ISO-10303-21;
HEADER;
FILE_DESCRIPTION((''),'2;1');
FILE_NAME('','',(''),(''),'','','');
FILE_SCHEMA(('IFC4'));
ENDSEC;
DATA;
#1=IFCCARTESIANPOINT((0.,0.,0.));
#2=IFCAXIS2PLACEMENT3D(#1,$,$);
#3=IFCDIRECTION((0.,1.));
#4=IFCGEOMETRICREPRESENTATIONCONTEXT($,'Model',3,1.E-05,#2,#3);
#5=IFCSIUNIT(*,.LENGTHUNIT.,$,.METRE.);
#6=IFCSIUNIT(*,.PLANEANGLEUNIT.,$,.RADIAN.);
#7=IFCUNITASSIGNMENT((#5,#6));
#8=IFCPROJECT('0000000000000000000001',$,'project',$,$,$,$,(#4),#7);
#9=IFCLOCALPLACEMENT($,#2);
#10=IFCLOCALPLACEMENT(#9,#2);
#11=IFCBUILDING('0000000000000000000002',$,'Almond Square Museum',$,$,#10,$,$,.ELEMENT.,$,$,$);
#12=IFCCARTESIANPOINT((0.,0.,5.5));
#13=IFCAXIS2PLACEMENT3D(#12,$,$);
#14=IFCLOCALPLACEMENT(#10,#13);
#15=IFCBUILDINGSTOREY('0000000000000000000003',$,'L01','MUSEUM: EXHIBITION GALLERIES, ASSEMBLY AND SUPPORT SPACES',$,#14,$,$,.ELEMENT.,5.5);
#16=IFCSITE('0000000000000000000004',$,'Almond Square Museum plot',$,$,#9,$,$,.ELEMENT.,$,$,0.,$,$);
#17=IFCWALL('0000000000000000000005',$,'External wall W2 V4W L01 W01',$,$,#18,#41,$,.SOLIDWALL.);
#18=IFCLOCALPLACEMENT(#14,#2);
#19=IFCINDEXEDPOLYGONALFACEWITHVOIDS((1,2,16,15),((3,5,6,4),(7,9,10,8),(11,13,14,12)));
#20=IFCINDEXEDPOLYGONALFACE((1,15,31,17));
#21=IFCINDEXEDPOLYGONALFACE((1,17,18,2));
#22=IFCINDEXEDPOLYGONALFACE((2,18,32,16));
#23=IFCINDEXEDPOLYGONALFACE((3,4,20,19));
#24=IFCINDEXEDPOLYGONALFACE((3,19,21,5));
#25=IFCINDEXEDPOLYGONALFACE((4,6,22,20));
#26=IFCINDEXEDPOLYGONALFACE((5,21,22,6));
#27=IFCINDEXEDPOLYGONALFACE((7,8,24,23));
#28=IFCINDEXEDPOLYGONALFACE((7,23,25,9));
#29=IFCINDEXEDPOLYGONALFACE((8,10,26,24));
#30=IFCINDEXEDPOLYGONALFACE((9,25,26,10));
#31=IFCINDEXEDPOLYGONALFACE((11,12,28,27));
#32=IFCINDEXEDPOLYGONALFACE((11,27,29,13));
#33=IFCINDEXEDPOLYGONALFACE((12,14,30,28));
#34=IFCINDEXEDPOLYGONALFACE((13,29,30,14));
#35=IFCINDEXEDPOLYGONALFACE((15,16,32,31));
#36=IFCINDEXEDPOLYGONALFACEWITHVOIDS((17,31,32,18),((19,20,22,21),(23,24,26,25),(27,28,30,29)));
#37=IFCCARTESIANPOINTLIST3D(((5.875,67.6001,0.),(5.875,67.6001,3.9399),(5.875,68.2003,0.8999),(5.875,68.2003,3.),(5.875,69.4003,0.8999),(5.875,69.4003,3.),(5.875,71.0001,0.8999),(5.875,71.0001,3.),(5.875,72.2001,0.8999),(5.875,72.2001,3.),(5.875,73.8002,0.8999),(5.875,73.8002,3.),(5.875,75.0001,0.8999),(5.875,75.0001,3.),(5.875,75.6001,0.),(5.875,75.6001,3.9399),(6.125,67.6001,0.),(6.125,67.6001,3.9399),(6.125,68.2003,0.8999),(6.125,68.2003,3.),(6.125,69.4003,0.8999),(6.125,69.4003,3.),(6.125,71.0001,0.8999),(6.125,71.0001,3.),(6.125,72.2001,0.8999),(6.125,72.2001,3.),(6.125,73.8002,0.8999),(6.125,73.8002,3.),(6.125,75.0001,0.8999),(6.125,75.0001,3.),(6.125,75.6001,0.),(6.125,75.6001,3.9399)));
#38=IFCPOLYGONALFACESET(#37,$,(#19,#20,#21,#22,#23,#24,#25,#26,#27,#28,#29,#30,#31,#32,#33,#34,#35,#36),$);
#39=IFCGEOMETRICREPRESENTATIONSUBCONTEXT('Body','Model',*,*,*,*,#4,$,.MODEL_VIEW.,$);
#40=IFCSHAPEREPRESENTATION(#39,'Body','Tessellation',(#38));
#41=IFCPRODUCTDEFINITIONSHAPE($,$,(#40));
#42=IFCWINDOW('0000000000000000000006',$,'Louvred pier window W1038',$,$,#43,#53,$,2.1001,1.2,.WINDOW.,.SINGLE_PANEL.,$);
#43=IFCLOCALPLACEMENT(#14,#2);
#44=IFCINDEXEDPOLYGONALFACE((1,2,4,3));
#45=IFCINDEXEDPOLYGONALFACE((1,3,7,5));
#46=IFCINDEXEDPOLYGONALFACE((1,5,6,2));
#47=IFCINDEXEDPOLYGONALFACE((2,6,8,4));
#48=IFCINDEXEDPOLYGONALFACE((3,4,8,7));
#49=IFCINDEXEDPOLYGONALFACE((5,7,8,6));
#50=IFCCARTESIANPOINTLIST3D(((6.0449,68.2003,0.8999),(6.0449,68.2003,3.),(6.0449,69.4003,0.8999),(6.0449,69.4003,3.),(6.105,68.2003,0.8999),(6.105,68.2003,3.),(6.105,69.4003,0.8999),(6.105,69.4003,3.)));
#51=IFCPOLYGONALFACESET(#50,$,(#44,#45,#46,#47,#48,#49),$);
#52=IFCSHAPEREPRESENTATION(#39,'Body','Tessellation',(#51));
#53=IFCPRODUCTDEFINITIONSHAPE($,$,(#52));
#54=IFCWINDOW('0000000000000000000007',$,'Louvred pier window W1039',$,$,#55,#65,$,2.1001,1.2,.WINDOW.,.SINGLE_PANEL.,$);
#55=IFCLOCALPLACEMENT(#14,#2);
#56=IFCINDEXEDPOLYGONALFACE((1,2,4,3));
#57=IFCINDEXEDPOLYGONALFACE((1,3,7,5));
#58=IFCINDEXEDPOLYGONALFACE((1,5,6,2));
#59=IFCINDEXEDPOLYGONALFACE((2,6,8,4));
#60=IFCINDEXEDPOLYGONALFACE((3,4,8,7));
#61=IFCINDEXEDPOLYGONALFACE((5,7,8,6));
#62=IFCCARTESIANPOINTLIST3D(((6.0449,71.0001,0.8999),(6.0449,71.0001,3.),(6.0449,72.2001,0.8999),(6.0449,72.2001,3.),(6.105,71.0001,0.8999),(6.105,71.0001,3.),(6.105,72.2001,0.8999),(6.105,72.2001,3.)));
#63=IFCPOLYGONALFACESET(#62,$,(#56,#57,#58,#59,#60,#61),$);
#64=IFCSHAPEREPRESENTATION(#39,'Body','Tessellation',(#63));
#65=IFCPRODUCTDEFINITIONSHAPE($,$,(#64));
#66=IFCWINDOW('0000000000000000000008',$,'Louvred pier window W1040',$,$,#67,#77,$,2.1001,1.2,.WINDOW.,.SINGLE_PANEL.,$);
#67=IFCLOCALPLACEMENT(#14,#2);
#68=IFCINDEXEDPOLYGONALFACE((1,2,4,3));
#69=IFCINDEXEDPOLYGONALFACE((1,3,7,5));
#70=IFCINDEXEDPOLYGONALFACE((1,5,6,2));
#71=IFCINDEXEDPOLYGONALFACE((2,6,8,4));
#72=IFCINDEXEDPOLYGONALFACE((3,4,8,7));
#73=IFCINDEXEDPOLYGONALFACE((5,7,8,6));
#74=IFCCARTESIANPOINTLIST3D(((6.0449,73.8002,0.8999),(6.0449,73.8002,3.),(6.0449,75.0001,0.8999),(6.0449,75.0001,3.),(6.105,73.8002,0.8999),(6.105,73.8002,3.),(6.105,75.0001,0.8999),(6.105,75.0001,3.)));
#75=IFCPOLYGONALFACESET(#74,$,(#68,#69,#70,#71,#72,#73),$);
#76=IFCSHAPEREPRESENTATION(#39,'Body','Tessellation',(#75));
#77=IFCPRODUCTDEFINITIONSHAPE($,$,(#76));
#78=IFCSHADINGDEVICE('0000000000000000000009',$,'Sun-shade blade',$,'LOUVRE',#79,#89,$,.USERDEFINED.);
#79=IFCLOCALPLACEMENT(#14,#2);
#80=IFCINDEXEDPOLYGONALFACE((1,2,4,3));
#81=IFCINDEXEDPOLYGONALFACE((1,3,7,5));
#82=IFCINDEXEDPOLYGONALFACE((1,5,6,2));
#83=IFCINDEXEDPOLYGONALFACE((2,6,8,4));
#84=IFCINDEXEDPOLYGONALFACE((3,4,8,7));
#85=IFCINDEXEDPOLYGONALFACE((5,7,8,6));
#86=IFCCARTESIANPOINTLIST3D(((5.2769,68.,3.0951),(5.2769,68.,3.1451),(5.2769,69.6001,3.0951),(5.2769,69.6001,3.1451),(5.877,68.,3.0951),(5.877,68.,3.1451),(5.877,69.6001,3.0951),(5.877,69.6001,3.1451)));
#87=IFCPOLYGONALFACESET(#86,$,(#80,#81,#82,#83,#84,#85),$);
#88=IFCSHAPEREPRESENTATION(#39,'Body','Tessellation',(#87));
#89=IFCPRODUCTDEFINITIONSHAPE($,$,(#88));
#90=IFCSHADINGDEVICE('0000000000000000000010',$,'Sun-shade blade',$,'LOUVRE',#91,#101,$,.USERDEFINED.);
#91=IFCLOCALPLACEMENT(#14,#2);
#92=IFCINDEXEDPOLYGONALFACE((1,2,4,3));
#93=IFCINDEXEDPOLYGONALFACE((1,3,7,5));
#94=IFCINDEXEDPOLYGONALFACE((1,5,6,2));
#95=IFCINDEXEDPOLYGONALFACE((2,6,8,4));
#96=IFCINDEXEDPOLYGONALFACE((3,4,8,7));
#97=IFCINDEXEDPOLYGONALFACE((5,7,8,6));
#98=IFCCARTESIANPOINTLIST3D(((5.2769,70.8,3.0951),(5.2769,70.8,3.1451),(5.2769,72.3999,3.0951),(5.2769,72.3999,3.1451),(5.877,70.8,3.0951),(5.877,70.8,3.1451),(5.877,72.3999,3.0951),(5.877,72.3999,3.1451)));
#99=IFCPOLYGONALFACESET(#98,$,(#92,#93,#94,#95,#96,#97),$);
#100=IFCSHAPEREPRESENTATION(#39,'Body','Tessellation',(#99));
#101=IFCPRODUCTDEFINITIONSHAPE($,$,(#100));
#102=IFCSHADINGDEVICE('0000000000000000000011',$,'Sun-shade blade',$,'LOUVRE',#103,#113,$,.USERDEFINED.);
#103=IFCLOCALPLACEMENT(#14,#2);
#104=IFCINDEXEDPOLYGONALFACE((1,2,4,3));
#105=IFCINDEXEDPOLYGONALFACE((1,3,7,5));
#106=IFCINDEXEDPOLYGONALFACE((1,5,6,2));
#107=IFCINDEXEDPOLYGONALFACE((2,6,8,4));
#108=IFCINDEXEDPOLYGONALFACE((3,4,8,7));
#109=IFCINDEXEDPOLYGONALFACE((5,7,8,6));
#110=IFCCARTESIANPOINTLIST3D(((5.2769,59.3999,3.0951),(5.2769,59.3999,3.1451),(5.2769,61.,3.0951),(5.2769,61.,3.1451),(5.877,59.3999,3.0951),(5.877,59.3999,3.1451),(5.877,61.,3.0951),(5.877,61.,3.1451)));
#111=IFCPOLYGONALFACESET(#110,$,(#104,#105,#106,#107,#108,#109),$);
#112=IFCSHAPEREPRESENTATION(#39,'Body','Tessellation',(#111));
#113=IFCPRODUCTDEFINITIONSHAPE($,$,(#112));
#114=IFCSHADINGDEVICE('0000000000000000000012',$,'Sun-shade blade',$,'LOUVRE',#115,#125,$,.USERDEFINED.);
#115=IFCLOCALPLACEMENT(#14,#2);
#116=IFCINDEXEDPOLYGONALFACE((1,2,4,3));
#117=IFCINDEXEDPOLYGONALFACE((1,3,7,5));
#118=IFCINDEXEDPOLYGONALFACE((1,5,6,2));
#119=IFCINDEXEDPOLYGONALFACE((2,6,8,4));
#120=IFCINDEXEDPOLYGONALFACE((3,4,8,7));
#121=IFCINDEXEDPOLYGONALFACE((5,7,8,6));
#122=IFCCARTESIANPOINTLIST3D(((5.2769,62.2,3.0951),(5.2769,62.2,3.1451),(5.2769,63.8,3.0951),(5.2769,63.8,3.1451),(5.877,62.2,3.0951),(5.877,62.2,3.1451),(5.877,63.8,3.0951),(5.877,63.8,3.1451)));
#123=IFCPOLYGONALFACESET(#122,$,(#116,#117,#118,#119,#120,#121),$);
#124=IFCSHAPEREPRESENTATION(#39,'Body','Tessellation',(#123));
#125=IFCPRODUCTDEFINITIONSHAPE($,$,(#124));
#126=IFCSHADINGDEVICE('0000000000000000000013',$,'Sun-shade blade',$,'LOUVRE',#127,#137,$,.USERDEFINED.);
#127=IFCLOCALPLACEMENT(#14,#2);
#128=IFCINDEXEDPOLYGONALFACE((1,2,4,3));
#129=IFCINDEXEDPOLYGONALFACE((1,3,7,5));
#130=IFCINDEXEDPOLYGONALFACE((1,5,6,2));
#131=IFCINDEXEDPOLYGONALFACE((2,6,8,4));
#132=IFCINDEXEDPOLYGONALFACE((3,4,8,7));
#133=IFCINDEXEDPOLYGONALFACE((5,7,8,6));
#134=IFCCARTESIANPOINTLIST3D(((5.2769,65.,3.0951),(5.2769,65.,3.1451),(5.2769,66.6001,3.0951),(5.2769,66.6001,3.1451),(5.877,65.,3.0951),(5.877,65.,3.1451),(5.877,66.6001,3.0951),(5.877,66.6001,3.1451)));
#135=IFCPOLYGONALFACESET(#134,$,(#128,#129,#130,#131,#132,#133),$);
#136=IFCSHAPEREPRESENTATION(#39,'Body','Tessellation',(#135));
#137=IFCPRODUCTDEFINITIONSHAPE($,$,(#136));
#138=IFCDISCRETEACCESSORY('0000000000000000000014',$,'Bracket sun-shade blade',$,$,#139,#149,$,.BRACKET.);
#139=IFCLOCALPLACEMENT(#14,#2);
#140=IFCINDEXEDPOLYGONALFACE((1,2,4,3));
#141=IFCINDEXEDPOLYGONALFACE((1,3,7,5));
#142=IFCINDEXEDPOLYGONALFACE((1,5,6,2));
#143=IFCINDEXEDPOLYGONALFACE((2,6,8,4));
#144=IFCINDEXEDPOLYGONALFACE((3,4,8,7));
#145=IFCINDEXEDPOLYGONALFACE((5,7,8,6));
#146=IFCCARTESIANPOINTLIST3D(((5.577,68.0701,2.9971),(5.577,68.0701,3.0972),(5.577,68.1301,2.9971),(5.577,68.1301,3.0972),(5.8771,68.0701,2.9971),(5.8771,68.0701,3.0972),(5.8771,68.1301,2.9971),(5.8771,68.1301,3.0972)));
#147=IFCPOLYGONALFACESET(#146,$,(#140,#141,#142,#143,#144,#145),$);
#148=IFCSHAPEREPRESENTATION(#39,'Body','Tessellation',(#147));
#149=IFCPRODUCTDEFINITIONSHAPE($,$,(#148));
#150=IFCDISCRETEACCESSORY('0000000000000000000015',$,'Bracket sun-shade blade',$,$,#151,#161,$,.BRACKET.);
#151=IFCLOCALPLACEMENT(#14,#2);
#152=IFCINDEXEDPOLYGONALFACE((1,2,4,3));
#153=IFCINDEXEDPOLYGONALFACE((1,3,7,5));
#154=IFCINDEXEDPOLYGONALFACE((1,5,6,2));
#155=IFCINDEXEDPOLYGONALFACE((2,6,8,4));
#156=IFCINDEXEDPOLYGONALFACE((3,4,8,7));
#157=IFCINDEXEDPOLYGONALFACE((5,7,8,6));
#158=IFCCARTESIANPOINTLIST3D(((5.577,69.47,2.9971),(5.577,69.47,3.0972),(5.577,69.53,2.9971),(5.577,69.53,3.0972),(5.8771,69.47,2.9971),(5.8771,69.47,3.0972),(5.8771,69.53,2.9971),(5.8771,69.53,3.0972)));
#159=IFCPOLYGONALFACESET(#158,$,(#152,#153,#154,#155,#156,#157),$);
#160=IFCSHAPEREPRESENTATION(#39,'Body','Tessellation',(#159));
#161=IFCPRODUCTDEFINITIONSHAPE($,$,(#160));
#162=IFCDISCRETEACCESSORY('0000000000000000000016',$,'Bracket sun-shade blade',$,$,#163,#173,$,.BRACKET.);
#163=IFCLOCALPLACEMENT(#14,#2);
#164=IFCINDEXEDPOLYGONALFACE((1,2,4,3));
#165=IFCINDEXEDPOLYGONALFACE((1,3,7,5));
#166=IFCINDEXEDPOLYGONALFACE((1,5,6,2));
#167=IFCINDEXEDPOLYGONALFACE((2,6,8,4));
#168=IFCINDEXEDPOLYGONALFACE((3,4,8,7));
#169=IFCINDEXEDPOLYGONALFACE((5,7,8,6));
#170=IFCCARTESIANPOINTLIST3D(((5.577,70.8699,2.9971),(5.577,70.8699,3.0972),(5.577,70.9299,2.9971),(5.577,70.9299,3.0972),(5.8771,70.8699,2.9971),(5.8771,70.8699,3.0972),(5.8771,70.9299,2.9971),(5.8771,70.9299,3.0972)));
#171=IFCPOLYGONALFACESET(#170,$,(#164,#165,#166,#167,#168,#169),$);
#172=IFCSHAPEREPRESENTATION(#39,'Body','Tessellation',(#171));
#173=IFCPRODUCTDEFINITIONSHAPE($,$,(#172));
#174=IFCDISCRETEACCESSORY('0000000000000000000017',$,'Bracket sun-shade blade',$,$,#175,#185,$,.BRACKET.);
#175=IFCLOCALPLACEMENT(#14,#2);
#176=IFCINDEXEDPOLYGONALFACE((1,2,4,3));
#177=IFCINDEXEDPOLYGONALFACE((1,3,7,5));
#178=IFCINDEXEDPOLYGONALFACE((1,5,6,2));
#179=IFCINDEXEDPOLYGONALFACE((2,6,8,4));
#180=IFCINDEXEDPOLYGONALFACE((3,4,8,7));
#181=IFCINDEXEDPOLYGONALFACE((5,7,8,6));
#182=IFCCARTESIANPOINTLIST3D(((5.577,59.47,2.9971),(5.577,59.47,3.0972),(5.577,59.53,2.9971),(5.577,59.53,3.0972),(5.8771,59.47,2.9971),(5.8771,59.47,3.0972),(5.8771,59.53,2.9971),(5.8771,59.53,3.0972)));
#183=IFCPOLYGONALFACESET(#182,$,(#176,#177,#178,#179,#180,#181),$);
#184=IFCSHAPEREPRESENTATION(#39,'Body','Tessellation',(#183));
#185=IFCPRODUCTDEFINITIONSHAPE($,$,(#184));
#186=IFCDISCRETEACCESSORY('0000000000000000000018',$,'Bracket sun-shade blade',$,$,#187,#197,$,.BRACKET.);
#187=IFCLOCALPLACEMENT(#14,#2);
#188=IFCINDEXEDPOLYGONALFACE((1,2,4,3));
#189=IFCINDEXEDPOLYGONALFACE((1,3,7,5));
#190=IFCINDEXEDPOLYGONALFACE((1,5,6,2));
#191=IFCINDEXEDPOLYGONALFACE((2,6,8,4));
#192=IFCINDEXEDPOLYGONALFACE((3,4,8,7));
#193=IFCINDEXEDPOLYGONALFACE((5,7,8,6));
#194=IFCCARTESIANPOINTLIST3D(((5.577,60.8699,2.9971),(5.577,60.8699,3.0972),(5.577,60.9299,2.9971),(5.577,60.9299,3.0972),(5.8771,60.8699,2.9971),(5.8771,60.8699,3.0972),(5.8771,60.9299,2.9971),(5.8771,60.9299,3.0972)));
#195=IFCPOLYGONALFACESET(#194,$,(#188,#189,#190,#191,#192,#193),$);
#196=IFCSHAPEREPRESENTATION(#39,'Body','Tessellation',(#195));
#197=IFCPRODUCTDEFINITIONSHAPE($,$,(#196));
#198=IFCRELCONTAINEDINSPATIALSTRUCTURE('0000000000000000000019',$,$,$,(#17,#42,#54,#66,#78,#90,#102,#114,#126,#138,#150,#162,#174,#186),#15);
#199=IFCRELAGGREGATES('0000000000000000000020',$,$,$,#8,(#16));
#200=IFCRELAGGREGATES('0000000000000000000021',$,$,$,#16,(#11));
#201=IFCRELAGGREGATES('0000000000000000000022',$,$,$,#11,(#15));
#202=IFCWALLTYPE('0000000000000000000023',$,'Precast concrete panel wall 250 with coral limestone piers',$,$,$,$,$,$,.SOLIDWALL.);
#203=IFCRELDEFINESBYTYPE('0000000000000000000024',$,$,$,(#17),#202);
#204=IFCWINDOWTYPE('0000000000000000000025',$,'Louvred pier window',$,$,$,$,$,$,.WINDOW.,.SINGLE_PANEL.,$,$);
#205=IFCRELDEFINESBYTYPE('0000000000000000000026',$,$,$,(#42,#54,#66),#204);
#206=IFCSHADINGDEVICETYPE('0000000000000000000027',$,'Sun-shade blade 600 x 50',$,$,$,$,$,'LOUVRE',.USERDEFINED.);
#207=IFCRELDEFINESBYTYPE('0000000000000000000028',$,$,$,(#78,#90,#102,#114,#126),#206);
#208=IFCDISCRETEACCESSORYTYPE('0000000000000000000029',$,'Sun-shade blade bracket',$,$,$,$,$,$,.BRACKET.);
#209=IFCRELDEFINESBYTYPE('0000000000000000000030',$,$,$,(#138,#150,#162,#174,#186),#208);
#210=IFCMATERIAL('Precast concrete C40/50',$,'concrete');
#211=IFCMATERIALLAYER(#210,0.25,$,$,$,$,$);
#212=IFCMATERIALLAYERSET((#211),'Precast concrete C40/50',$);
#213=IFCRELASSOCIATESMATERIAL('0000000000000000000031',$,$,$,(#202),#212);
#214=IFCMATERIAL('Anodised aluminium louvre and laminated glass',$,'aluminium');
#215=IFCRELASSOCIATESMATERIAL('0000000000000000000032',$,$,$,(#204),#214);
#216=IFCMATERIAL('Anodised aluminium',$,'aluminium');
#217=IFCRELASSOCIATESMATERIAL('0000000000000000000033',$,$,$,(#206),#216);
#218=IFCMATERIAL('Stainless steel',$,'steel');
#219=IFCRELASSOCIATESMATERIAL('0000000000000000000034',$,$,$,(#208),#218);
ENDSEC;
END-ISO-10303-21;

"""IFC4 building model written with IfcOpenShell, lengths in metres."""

from ifc_helpers import new_model, si_unit, direction, frame, frame_2d, origin, origin_2d, place, context, subcontext, project, spatial, rectangle, extrude, material, layer, layer_set, material_profile, profile_set, type_object, element, fill, save


model = new_model("IFC4")

# Units and contexts
model_context = context("Model", 3, precision=1e-05, world=origin(), true_north=direction((0.0, 1.0)))
body_context = subcontext(model_context, "Body", "Model", "MODEL_VIEW")
ifc_project = project(units=[si_unit("LENGTHUNIT", "METRE"), si_unit("PLANEANGLEUNIT", "RADIAN")], contexts=[model_context])

# Site, building, storey
site_placement = place(None, origin())
site = spatial("IfcSite", under=ifc_project, at=site_placement, Name="Almond Square Museum plot", CompositionType="ELEMENT", RefElevation=0.0)
building_placement = place(site_placement, origin())
building = spatial("IfcBuilding", under=site, at=building_placement, Name="Almond Square Museum", CompositionType="ELEMENT")
storey_placement = place(building_placement, frame((0.0, 0.0, 5.5)))
storey = spatial("IfcBuildingStorey", under=building, at=storey_placement, Name="L01", Description="MUSEUM: EXHIBITION GALLERIES, ASSEMBLY AND SUPPORT SPACES", CompositionType="ELEMENT", Elevation=5.5)

# Wall, openings, windows
ifc_material_1 = material(Name="Precast concrete C40/50", Category="concrete")
ifc_layer_1 = layer(ifc_material_1, 0.25)
ifc_layer_set_1 = layer_set([ifc_layer_1], Name="Precast concrete C40/50")
wall_type_1 = type_object("IfcWallType", Name="Precast concrete panel wall 250 with coral limestone piers", PredefinedType="SOLIDWALL", material=ifc_layer_set_1)
wall_1_placement = place(storey_placement, frame((6.0, 67.6001, 0.0), z_axis=(0.0, 0.0, 1.0), x_axis=(0.0, 1.0, 0.0)))
wall_1 = element("IfcWall", 1, at=wall_1_placement, inside=storey, type_object=wall_type_1, Name="External wall W2 V4W L01 W01", PredefinedType="SOLIDWALL", context=body_context, shape_type="SweptSolid", body=[
    extrude(rectangle(XDim=8.0, YDim=0.25, at=frame_2d((4.0, 0.0))), origin(), (0.0, 0.0, 1.0), 3.9399),
])
opening_1_placement = place(wall_1_placement, frame((0.6001, 0.0, 0.8999)))
opening_1 = element("IfcOpeningElement", 2, at=opening_1_placement, cuts=wall_1, PredefinedType="OPENING", context=body_context, shape_type="SweptSolid", body=[
    extrude(rectangle(XDim=1.2, YDim=2.1001, at=frame_2d((0.6001, 1.05))), frame((0.0, 0.135, 0.0), z_axis=(0.0, -1.0, 0.0), x_axis=(1.0, 0.0, 0.0)), (0.0, 0.0, 1.0), 0.27),
])
opening_2_placement = place(wall_1_placement, frame((3.3999, 0.0, 0.8999)))
opening_2 = element("IfcOpeningElement", 3, at=opening_2_placement, cuts=wall_1, PredefinedType="OPENING", context=body_context, shape_type="SweptSolid", body=[
    extrude(rectangle(XDim=1.2, YDim=2.1001, at=frame_2d((0.6001, 1.05))), frame((0.0, 0.135, 0.0), z_axis=(0.0, -1.0, 0.0), x_axis=(1.0, 0.0, 0.0)), (0.0, 0.0, 1.0), 0.27),
])
opening_3_placement = place(wall_1_placement, frame((6.2, 0.0, 0.8999)))
opening_3 = element("IfcOpeningElement", 4, at=opening_3_placement, cuts=wall_1, PredefinedType="OPENING", context=body_context, shape_type="SweptSolid", body=[
    extrude(rectangle(XDim=1.2, YDim=2.1001, at=frame_2d((0.6001, 1.05))), frame((0.0, 0.135, 0.0), z_axis=(0.0, -1.0, 0.0), x_axis=(1.0, 0.0, 0.0)), (0.0, 0.0, 1.0), 0.27),
])
ifc_material_2 = material(Name="Anodised aluminium louvre and laminated glass", Category="aluminium")
window_type = type_object("IfcWindowType", Name="Louvred pier window", PartitioningType="SINGLE_PANEL", PredefinedType="WINDOW", material=ifc_material_2)
window_1_placement = place(opening_1_placement, origin())
window_1 = element("IfcWindow", 5, at=window_1_placement, inside=storey, type_object=window_type, Name="Louvred pier window W1038", OverallHeight=2.1001, OverallWidth=1.2, PartitioningType="SINGLE_PANEL", PredefinedType="WINDOW", context=body_context, shape_type="SweptSolid", body=[
    extrude(rectangle(XDim=1.2, YDim=2.1001, at=frame_2d((0.6001, 1.05))), frame((0.0, -0.0449, 0.0), z_axis=(0.0, -1.0, 0.0), x_axis=(1.0, 0.0, 0.0)), (0.0, 0.0, 1.0), 0.0601),
])
fill(opening_1, window_1)
window_2_placement = place(opening_2_placement, origin())
window_2 = element("IfcWindow", 6, at=window_2_placement, inside=storey, type_object=window_type, Name="Louvred pier window W1039", OverallHeight=2.1001, OverallWidth=1.2, PartitioningType="SINGLE_PANEL", PredefinedType="WINDOW", context=body_context, shape_type="SweptSolid", body=[
    extrude(rectangle(XDim=1.2, YDim=2.1001, at=frame_2d((0.6001, 1.05))), frame((0.0, -0.0449, 0.0), z_axis=(0.0, -1.0, 0.0), x_axis=(1.0, 0.0, 0.0)), (0.0, 0.0, 1.0), 0.0601),
])
fill(opening_2, window_2)
window_3_placement = place(opening_3_placement, origin())
window_3 = element("IfcWindow", 7, at=window_3_placement, inside=storey, type_object=window_type, Name="Louvred pier window W1040", OverallHeight=2.1001, OverallWidth=1.2, PartitioningType="SINGLE_PANEL", PredefinedType="WINDOW", context=body_context, shape_type="SweptSolid", body=[
    extrude(rectangle(XDim=1.2, YDim=2.1001, at=frame_2d((0.6001, 1.05))), frame((0.0, -0.0449, 0.0), z_axis=(0.0, -1.0, 0.0), x_axis=(1.0, 0.0, 0.0)), (0.0, 0.0, 1.0), 0.0601),
])
fill(opening_3, window_3)

# Shading devices
ifc_material_3 = material(Name="Anodised aluminium", Category="aluminium")
ifc_material_profile_1 = material_profile(ifc_material_3, rectangle(XDim=0.6001, YDim=0.05, at=origin_2d()))
ifc_profile_set_1 = profile_set([ifc_material_profile_1], Name="Anodised aluminium")
shading_device_type = type_object("IfcShadingDeviceType", Name="Sun-shade blade 600 x 50", ElementType="LOUVRE", PredefinedType="USERDEFINED", material=ifc_profile_set_1)
shading_device_1_placement = place(storey_placement, frame((5.5769, 68.0, 3.1201), z_axis=(0.0, 1.0, 0.0), x_axis=(-1.0, 0.0, 0.0)))
element("IfcShadingDevice", 8, at=shading_device_1_placement, inside=storey, type_object=shading_device_type, Name="Sun-shade blade", ObjectType="LOUVRE", PredefinedType="USERDEFINED", context=body_context, shape_type="SweptSolid", body=[
    extrude(rectangle(XDim=0.6001, YDim=0.05, at=origin_2d()), origin(), (0.0, 0.0, 1.0), 1.6001),
])
shading_device_2_placement = place(storey_placement, frame((5.5769, 70.8, 3.1201), z_axis=(0.0, 1.0, 0.0), x_axis=(-1.0, 0.0, 0.0)))
element("IfcShadingDevice", 9, at=shading_device_2_placement, inside=storey, type_object=shading_device_type, Name="Sun-shade blade", ObjectType="LOUVRE", PredefinedType="USERDEFINED", context=body_context, shape_type="SweptSolid", body=[
    extrude(rectangle(XDim=0.6001, YDim=0.05, at=origin_2d()), origin(), (0.0, 0.0, 1.0), 1.5999),
])
for number, where, z_axis, x_axis, name in (
    (10, (5.5769, 59.3999, 3.1201), (0.0, 1.0, 0.0), (-1.0, 0.0, 0.0), "Sun-shade blade"),
    (11, (5.5769, 62.2, 3.1201), (0.0, 1.0, 0.0), (-1.0, 0.0, 0.0), "Sun-shade blade"),
    (12, (5.5769, 65.0, 3.1201), (0.0, 1.0, 0.0), (-1.0, 0.0, 0.0), "Sun-shade blade"),
):
    element("IfcShadingDevice", number, at=place(storey_placement, frame(where, z_axis=z_axis, x_axis=x_axis)), inside=storey, type_object=shading_device_type, Name=name, ObjectType="LOUVRE", PredefinedType="USERDEFINED", context=body_context, shape_type="SweptSolid", body=[
        extrude(rectangle(XDim=0.6001, YDim=0.05, at=origin_2d()), origin(), (0.0, 0.0, 1.0), 1.6001),
    ])

# Discrete accessories
ifc_material_4 = material(Name="Stainless steel", Category="steel")
discrete_accessory_type = type_object("IfcDiscreteAccessoryType", Name="Sun-shade blade bracket", PredefinedType="BRACKET", material=ifc_material_4)
for number, where, z_axis, x_axis, name in (
    (13, (5.7271, 68.1001, 2.9971), (0.0, 0.0, 1.0), (1.0, 0.0, 0.0), "Bracket sun-shade blade"),
    (14, (5.7271, 69.5, 2.9971), (0.0, 0.0, 1.0), (1.0, 0.0, 0.0), "Bracket sun-shade blade"),
    (15, (5.7271, 70.8999, 2.9971), (0.0, 0.0, 1.0), (1.0, 0.0, 0.0), "Bracket sun-shade blade"),
    (16, (5.7271, 59.5, 2.9971), (0.0, 0.0, 1.0), (1.0, 0.0, 0.0), "Bracket sun-shade blade"),
    (17, (5.7271, 60.8999, 2.9971), (0.0, 0.0, 1.0), (1.0, 0.0, 0.0), "Bracket sun-shade blade"),
):
    element("IfcDiscreteAccessory", number, at=place(storey_placement, frame(where, z_axis=z_axis, x_axis=x_axis)), inside=storey, type_object=discrete_accessory_type, Name=name, PredefinedType="BRACKET", context=body_context, shape_type="SweptSolid", body=[
        extrude(rectangle(XDim=0.3, YDim=0.0601, at=origin_2d()), origin(), (0.0, 0.0, 1.0), 0.1001),
    ])

save(model, "model.ifc")
